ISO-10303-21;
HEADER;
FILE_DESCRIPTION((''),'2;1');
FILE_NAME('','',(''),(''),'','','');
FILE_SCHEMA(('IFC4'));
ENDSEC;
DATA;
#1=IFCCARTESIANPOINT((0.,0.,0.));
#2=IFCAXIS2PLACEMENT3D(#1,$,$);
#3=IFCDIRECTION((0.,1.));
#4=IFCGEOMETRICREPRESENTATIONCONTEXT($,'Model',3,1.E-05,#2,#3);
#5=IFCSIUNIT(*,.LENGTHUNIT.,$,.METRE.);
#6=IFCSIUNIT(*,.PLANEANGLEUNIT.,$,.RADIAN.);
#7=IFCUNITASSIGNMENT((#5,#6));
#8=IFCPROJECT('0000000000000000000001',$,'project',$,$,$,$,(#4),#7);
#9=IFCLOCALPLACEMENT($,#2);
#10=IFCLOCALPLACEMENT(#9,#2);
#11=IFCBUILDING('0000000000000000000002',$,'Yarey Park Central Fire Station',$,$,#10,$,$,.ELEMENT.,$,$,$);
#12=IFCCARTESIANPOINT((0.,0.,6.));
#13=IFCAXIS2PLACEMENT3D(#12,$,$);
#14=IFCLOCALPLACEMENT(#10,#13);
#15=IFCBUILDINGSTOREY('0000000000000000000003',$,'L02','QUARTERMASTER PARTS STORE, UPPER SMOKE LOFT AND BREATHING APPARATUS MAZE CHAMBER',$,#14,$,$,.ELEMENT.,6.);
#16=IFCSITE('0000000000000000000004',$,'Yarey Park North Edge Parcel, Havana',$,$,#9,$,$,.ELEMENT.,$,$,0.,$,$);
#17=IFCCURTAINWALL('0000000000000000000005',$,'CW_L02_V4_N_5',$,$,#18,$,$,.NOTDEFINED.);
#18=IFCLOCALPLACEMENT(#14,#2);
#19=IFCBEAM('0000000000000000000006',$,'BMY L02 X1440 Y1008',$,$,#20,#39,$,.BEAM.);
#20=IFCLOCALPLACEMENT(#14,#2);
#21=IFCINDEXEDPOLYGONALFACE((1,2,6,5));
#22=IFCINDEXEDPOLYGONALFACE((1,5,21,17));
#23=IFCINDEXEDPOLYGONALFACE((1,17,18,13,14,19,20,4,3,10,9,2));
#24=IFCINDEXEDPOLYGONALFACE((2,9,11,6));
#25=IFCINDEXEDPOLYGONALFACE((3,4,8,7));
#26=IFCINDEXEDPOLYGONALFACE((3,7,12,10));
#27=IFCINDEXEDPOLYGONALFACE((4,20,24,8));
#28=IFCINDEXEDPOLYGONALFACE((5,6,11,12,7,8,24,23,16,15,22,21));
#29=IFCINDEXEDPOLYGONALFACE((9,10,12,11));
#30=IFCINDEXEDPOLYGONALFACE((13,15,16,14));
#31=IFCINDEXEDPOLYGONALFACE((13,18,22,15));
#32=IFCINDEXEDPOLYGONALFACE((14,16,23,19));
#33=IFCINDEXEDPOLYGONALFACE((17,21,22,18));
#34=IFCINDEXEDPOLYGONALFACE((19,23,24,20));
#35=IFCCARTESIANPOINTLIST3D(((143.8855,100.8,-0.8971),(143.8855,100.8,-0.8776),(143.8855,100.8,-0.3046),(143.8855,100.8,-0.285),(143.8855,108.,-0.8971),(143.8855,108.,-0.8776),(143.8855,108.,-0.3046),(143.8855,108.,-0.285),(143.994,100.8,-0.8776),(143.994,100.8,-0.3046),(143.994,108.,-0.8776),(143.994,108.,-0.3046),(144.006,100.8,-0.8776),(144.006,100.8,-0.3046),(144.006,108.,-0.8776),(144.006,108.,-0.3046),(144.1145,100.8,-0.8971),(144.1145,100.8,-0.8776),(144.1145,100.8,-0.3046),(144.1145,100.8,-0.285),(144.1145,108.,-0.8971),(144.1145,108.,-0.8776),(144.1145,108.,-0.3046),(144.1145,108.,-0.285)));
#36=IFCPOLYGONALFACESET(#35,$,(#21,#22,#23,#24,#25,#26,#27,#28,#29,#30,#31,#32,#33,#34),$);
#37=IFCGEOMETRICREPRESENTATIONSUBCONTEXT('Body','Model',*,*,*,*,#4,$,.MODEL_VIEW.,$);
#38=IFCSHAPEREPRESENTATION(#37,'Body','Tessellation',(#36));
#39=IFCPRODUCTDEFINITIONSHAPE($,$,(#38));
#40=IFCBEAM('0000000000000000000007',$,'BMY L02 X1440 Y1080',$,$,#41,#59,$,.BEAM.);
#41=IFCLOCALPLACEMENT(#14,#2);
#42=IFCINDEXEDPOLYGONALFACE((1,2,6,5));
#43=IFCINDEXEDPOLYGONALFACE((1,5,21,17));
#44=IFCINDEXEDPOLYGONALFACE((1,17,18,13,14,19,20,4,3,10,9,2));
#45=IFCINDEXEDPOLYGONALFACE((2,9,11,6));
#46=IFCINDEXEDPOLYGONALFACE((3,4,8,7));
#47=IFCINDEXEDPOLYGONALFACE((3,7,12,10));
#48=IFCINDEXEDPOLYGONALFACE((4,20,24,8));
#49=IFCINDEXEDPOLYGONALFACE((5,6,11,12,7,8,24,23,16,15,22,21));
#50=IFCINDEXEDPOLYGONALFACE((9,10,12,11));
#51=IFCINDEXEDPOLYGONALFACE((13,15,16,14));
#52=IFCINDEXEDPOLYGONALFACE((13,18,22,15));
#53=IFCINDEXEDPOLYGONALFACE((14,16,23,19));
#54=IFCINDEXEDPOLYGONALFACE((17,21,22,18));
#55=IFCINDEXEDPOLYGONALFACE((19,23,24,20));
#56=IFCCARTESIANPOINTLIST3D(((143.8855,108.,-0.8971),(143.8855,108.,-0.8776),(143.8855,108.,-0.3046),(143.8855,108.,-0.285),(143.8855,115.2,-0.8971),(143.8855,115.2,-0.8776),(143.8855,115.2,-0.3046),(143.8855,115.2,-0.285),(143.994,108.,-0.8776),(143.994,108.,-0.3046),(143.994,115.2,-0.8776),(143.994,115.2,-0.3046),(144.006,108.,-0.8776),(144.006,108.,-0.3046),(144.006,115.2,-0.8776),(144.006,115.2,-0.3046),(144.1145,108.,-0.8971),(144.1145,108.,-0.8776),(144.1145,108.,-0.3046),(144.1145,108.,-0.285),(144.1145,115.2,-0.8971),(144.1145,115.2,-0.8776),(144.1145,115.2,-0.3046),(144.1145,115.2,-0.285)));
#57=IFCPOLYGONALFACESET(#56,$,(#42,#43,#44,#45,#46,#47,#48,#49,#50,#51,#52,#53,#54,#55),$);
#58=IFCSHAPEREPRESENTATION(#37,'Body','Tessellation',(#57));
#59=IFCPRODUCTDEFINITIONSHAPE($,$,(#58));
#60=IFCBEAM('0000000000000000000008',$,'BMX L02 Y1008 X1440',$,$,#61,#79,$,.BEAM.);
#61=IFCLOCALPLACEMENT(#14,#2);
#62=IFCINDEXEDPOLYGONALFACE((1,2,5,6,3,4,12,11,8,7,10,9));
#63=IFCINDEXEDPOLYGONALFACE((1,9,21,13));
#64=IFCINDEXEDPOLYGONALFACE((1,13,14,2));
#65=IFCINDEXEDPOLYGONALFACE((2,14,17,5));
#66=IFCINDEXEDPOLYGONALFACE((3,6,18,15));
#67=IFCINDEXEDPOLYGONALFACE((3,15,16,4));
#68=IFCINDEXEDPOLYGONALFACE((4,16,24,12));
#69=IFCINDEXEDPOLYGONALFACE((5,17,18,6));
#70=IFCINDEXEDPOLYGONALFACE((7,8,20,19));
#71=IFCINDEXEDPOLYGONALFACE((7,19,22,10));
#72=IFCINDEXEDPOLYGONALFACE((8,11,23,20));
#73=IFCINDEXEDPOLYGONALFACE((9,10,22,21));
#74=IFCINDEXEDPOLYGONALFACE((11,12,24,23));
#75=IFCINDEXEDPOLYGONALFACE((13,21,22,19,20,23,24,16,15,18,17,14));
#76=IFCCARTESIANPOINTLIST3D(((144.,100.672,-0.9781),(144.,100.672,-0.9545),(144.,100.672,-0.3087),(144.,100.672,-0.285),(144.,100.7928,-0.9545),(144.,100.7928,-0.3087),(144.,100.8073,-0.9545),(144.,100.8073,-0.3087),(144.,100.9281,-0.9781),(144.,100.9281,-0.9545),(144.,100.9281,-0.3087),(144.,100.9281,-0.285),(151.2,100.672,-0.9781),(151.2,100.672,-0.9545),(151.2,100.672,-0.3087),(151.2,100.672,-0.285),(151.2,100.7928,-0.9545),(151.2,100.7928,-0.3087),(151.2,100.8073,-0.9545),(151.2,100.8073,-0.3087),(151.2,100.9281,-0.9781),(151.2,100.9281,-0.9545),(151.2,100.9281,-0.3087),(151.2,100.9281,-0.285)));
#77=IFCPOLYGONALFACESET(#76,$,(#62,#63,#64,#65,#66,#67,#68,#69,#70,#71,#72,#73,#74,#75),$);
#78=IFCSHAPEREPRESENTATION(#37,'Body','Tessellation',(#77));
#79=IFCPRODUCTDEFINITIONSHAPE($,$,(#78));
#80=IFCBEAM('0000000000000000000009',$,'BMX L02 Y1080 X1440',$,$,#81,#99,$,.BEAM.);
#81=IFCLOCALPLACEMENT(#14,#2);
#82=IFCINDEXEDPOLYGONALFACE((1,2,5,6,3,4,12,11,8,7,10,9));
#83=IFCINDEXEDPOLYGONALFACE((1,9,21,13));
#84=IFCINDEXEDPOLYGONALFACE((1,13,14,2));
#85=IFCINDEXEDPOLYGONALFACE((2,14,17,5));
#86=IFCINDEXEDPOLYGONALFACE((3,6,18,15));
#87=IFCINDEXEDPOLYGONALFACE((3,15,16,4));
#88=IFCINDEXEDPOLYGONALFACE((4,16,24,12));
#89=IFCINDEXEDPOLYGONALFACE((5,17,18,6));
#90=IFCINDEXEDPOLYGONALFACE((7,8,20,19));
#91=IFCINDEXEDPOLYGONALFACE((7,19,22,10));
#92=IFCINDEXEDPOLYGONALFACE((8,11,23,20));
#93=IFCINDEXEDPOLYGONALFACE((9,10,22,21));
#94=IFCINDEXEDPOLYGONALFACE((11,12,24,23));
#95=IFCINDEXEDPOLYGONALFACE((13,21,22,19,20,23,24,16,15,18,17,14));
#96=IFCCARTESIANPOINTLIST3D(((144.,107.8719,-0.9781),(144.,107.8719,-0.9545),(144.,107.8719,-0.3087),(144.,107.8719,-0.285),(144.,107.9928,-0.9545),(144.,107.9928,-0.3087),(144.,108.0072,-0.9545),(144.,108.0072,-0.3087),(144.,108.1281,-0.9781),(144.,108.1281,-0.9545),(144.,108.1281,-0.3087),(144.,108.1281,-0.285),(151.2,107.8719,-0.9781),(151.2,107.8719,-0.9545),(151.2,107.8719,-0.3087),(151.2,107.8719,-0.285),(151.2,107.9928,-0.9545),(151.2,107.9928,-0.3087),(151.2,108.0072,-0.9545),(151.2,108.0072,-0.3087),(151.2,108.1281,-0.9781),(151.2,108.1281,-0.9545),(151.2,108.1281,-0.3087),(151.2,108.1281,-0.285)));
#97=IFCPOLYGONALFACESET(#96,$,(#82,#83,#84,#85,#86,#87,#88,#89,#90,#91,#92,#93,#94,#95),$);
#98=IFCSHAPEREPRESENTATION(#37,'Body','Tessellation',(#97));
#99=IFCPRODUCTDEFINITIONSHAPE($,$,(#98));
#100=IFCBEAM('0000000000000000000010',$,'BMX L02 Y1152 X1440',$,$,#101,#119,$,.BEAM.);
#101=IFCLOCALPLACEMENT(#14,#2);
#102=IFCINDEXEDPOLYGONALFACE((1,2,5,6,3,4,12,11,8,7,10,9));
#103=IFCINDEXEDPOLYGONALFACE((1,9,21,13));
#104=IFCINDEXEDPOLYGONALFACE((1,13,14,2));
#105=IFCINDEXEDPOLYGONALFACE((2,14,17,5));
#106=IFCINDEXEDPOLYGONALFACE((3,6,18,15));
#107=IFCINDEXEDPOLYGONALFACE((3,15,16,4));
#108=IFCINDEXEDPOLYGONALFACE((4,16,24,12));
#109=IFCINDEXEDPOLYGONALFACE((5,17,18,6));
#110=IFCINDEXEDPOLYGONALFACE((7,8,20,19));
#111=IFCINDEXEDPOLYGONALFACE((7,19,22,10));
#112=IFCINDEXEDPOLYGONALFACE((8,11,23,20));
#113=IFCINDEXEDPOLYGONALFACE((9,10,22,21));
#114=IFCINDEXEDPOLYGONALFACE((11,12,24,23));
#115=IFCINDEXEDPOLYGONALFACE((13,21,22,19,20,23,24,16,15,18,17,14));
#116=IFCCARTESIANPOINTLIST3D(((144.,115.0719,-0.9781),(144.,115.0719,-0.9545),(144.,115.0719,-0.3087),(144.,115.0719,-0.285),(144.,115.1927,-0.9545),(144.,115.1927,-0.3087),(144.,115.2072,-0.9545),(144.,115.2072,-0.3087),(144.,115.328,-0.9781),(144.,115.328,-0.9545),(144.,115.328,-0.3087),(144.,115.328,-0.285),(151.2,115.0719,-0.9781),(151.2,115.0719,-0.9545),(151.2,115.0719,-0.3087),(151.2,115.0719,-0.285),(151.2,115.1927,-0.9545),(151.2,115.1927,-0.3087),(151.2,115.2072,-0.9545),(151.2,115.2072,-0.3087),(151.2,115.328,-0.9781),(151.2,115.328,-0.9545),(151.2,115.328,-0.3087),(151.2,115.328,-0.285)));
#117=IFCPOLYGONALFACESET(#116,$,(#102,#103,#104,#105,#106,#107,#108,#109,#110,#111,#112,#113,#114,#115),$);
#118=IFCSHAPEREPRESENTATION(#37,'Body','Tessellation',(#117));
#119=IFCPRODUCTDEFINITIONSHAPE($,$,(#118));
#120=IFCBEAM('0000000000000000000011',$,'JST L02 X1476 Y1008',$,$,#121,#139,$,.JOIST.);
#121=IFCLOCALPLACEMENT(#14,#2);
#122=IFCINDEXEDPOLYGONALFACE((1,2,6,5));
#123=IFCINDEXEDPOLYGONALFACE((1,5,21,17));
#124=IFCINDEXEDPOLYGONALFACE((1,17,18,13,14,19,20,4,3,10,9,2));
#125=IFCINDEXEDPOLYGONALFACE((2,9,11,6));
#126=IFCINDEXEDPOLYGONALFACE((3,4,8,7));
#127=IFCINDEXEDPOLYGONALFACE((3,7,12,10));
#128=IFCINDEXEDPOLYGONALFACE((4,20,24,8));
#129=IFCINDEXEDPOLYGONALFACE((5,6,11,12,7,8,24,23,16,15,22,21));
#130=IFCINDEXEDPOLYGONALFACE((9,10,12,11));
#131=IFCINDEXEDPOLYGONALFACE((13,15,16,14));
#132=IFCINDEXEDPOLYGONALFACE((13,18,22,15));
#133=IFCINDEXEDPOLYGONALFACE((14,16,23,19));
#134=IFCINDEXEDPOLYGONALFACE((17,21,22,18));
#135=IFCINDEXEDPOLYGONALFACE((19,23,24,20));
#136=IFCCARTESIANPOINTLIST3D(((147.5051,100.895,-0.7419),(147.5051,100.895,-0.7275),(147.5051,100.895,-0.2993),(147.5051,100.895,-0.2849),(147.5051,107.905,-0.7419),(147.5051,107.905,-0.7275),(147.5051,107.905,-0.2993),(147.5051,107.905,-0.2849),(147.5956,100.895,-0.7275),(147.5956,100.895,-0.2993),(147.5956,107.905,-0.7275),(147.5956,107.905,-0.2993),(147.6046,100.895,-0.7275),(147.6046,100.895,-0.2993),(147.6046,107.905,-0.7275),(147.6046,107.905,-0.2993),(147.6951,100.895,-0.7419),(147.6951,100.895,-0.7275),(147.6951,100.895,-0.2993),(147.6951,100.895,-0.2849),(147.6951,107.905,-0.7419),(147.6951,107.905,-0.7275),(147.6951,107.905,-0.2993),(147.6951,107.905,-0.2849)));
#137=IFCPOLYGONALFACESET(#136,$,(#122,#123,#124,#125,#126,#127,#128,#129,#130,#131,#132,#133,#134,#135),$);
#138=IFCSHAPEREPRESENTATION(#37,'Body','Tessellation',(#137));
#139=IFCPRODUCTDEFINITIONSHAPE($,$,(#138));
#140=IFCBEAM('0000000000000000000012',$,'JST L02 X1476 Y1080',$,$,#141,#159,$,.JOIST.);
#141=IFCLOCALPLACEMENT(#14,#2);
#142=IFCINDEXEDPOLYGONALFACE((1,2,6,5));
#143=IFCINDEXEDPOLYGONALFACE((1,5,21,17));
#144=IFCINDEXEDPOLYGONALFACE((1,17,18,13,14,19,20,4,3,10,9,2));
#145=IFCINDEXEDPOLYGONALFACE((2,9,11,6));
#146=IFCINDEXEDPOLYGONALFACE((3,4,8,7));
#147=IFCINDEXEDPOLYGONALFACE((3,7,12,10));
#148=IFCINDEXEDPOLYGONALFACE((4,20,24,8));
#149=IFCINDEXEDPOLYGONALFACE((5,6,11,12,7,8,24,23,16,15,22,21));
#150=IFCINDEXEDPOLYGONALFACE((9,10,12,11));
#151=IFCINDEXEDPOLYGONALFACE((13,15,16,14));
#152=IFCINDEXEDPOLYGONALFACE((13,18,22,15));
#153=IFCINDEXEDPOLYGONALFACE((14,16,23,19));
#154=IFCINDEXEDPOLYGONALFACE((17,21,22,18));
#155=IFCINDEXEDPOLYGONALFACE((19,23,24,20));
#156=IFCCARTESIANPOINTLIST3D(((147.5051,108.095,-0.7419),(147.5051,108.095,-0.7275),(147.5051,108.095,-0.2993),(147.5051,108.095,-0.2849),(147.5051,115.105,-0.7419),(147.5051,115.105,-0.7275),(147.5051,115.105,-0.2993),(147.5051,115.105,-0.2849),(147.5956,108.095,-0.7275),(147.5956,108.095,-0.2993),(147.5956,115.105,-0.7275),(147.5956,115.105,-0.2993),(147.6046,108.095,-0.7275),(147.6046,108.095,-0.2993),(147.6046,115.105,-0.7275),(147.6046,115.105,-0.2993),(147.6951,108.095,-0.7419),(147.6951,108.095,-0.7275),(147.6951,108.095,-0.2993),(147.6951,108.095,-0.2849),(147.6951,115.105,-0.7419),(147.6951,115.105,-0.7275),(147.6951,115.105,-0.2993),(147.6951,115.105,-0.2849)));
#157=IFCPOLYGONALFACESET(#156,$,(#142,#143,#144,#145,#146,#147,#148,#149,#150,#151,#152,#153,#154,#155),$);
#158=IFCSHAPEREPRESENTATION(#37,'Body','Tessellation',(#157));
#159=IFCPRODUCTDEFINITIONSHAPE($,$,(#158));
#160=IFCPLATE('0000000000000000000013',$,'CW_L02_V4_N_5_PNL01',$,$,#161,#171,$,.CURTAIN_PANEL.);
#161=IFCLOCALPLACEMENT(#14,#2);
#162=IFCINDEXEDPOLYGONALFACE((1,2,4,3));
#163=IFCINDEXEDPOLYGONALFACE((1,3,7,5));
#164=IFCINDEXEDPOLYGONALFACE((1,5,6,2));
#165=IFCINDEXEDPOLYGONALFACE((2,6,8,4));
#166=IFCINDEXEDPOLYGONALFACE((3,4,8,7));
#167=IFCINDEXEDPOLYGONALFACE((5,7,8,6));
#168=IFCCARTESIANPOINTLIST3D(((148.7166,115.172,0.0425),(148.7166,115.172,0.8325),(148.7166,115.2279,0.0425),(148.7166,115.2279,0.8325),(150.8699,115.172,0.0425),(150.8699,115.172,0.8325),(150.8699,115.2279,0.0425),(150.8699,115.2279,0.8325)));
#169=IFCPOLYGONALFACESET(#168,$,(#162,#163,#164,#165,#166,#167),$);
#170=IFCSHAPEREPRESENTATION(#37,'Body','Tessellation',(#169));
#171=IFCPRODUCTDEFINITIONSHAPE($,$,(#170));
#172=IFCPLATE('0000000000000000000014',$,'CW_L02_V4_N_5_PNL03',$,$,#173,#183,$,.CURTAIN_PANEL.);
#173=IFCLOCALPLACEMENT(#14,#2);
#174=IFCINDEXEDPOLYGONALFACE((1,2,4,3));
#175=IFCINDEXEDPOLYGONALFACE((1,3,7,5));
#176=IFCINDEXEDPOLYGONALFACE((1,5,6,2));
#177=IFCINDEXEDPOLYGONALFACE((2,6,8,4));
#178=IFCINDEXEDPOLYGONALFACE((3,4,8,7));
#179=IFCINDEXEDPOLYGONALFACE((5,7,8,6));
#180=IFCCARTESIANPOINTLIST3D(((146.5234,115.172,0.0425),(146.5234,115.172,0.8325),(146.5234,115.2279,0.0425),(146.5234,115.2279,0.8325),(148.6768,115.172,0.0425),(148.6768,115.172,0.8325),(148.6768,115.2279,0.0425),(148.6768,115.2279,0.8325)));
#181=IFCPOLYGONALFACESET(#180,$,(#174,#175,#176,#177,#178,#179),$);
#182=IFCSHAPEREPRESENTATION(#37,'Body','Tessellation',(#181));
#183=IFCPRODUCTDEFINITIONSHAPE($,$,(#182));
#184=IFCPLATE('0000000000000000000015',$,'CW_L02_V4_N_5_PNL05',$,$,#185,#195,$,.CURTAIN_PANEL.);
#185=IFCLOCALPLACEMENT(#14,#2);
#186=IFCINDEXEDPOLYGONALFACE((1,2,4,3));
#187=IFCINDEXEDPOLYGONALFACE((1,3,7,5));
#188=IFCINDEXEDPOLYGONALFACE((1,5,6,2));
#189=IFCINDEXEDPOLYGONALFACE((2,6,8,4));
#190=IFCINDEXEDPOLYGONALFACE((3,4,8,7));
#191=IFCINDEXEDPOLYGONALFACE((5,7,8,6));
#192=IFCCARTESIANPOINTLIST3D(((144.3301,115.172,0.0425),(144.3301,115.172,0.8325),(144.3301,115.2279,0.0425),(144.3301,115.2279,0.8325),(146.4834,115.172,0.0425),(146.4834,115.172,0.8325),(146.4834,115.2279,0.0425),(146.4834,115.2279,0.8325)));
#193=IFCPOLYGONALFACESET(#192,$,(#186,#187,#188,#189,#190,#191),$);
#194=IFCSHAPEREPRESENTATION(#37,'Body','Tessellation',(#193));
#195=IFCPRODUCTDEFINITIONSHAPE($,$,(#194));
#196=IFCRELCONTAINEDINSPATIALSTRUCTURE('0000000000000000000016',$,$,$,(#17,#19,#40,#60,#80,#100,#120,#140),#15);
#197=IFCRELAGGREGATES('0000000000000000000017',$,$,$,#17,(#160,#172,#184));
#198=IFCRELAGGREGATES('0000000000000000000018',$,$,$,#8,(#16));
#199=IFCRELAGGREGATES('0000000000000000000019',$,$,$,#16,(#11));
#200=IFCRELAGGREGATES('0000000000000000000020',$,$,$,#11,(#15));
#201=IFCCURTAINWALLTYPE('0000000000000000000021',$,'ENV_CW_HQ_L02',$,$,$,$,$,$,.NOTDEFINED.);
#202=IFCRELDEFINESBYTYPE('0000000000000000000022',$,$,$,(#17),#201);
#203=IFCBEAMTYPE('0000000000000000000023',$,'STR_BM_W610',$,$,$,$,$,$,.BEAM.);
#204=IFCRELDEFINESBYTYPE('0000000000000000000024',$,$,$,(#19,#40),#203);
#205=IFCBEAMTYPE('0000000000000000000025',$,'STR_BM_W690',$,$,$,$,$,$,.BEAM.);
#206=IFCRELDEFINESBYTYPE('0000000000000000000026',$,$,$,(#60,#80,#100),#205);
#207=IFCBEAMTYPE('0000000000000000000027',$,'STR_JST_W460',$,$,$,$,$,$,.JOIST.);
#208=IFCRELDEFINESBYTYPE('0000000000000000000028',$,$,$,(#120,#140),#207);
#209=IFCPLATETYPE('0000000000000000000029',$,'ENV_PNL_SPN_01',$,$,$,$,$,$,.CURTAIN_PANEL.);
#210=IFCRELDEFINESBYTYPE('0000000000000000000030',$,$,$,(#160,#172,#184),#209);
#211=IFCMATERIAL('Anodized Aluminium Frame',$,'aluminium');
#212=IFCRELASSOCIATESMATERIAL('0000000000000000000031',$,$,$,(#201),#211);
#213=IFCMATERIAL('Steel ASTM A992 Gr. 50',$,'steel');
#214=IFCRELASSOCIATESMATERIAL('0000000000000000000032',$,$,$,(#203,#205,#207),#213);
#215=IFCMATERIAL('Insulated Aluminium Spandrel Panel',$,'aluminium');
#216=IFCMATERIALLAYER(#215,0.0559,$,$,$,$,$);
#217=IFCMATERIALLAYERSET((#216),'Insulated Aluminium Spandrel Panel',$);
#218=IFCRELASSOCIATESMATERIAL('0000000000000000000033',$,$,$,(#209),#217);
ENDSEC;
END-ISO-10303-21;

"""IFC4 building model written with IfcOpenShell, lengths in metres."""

from ifc_helpers import new_model, si_unit, direction, frame, origin, origin_2d, place, context, subcontext, project, spatial, rectangle, i_section, extrude, material, layer, layer_set, material_profile, profile_set, type_object, element, aggregate, save


model = new_model("IFC4")

# Units and contexts
model_context = context("Model", 3, precision=1e-05, world=origin(), true_north=direction((0.0, 1.0)))
body_context = subcontext(model_context, "Body", "Model", "MODEL_VIEW")
ifc_project = project(units=[si_unit("LENGTHUNIT", "METRE"), si_unit("PLANEANGLEUNIT", "RADIAN")], contexts=[model_context])

# Site, building, storey
site_placement = place(None, origin())
site = spatial("IfcSite", under=ifc_project, at=site_placement, Name="Yarey Park North Edge Parcel, Havana", CompositionType="ELEMENT", RefElevation=0.0)
building_placement = place(site_placement, origin())
building = spatial("IfcBuilding", under=site, at=building_placement, Name="Yarey Park Central Fire Station", CompositionType="ELEMENT")
storey_placement = place(building_placement, frame((0.0, 0.0, 6.0)))
storey = spatial("IfcBuildingStorey", under=building, at=storey_placement, Name="L02", Description="QUARTERMASTER PARTS STORE, UPPER SMOKE LOFT AND BREATHING APPARATUS MAZE CHAMBER", CompositionType="ELEMENT", Elevation=6.0)

# Curtain wall
ifc_material_1 = material(Name="Anodized Aluminium Frame", Category="aluminium")
curtain_wall_type = type_object("IfcCurtainWallType", Name="ENV_CW_HQ_L02", PredefinedType="NOTDEFINED", material=ifc_material_1)
curtain_wall_1_placement = place(storey_placement, origin())
curtain_wall_1 = element("IfcCurtainWall", 1, at=curtain_wall_1_placement, inside=storey, type_object=curtain_wall_type, Name="CW_L02_V4_N_5", PredefinedType="NOTDEFINED")

# Beams
ifc_material_2 = material(Name="Steel ASTM A992 Gr. 50", Category="steel")
ifc_material_profile_1 = material_profile(ifc_material_2, i_section(OverallWidth=0.229, OverallDepth=0.6121, WebThickness=0.012, FlangeThickness=0.0195, at=origin_2d()), Name="W610x125")
ifc_profile_set_1 = profile_set([ifc_material_profile_1], Name="Steel ASTM A992 Gr. 50")
beam_type_1 = type_object("IfcBeamType", Name="STR_BM_W610", PredefinedType="BEAM", material=ifc_profile_set_1)
for number, where, z_axis, x_axis, name in (
    (2, (144.0, 100.8, -0.5911), (0.0, 1.0, 0.0), (-1.0, 0.0, 0.0), "BMY L02 X1440 Y1008"),
    (3, (144.0, 108.0, -0.5911), (0.0, 1.0, 0.0), (-1.0, 0.0, 0.0), "BMY L02 X1440 Y1080"),
):
    element("IfcBeam", number, at=place(storey_placement, frame(where, z_axis=z_axis, x_axis=x_axis)), inside=storey, type_object=beam_type_1, Name=name, PredefinedType="BEAM", context=body_context, shape_type="SweptSolid", body=[
        extrude(i_section(OverallWidth=0.229, OverallDepth=0.6121, WebThickness=0.012, FlangeThickness=0.0195, at=origin_2d()), origin(), (0.0, 0.0, 1.0), 7.2),
    ])
ifc_material_profile_2 = material_profile(ifc_material_2, i_section(OverallWidth=0.2561, OverallDepth=0.6931, WebThickness=0.0144, FlangeThickness=0.0237, at=origin_2d()), Name="W690x170")
ifc_profile_set_2 = profile_set([ifc_material_profile_2], Name="Steel ASTM A992 Gr. 50")
beam_type_2 = type_object("IfcBeamType", Name="STR_BM_W690", PredefinedType="BEAM", material=ifc_profile_set_2)
for number, where, z_axis, x_axis, name in (
    (4, (144.0, 100.8, -0.6316), (1.0, 0.0, 0.0), (0.0, 1.0, 0.0), "BMX L02 Y1008 X1440"),
    (5, (144.0, 108.0, -0.6316), (1.0, 0.0, 0.0), (0.0, 1.0, 0.0), "BMX L02 Y1080 X1440"),
    (6, (144.0, 115.2, -0.6316), (1.0, 0.0, 0.0), (0.0, 1.0, 0.0), "BMX L02 Y1152 X1440"),
):
    element("IfcBeam", number, at=place(storey_placement, frame(where, z_axis=z_axis, x_axis=x_axis)), inside=storey, type_object=beam_type_2, Name=name, PredefinedType="BEAM", context=body_context, shape_type="SweptSolid", body=[
        extrude(i_section(OverallWidth=0.2561, OverallDepth=0.6931, WebThickness=0.0144, FlangeThickness=0.0237, at=origin_2d()), origin(), (0.0, 0.0, 1.0), 7.2),
    ])
ifc_material_profile_3 = material_profile(ifc_material_2, i_section(OverallWidth=0.1899, OverallDepth=0.457, WebThickness=0.009, FlangeThickness=0.0144, at=origin_2d()), Name="W460x74")
ifc_profile_set_3 = profile_set([ifc_material_profile_3], Name="Steel ASTM A992 Gr. 50")
beam_type_3 = type_object("IfcBeamType", Name="STR_JST_W460", PredefinedType="JOIST", material=ifc_profile_set_3)
for number, where, z_axis, x_axis, name in (
    (7, (147.6001, 100.895, -0.5134), (0.0, 1.0, 0.0), (-1.0, 0.0, 0.0), "JST L02 X1476 Y1008"),
    (8, (147.6001, 108.095, -0.5134), (0.0, 1.0, 0.0), (-1.0, 0.0, 0.0), "JST L02 X1476 Y1080"),
):
    element("IfcBeam", number, at=place(storey_placement, frame(where, z_axis=z_axis, x_axis=x_axis)), inside=storey, type_object=beam_type_3, Name=name, PredefinedType="JOIST", context=body_context, shape_type="SweptSolid", body=[
        extrude(i_section(OverallWidth=0.1899, OverallDepth=0.457, WebThickness=0.009, FlangeThickness=0.0144, at=origin_2d()), origin(), (0.0, 0.0, 1.0), 7.01),
    ])

# Plates
ifc_material_3 = material(Name="Insulated Aluminium Spandrel Panel", Category="aluminium")
ifc_layer_1 = layer(ifc_material_3, 0.0559)
ifc_layer_set_1 = layer_set([ifc_layer_1], Name="Insulated Aluminium Spandrel Panel")
plate_type_1 = type_object("IfcPlateType", Name="ENV_PNL_SPN_01", PredefinedType="CURTAIN_PANEL", material=ifc_layer_set_1)
plate_1_placement = place(storey_placement, frame((149.7932, 115.2, 0.0425), z_axis=(0.0, 0.0, 1.0), x_axis=(-1.0, 0.0, 0.0)))
plate_1 = element("IfcPlate", 9, at=plate_1_placement, type_object=plate_type_1, Name="CW_L02_V4_N_5_PNL01", PredefinedType="CURTAIN_PANEL", context=body_context, shape_type="SweptSolid", body=[
    extrude(rectangle(XDim=2.1533, YDim=0.0559, at=origin_2d()), origin(), (0.0, 0.0, 1.0), 0.79),
])
plate_2_placement = place(storey_placement, frame((147.6001, 115.2, 0.0425), z_axis=(0.0, 0.0, 1.0), x_axis=(-1.0, 0.0, 0.0)))
plate_2 = element("IfcPlate", 10, at=plate_2_placement, type_object=plate_type_1, Name="CW_L02_V4_N_5_PNL03", PredefinedType="CURTAIN_PANEL", context=body_context, shape_type="SweptSolid", body=[
    extrude(rectangle(XDim=2.1533, YDim=0.0559, at=origin_2d()), origin(), (0.0, 0.0, 1.0), 0.79),
])
plate_3_placement = place(storey_placement, frame((145.4067, 115.2, 0.0425), z_axis=(0.0, 0.0, 1.0), x_axis=(-1.0, 0.0, 0.0)))
plate_3 = element("IfcPlate", 11, at=plate_3_placement, type_object=plate_type_1, Name="CW_L02_V4_N_5_PNL05", PredefinedType="CURTAIN_PANEL", context=body_context, shape_type="SweptSolid", body=[
    extrude(rectangle(XDim=2.1533, YDim=0.0559, at=origin_2d()), origin(), (0.0, 0.0, 1.0), 0.79),
])
aggregate(curtain_wall_1, [plate_1, plate_2, plate_3])

save(model, "model.ifc")
